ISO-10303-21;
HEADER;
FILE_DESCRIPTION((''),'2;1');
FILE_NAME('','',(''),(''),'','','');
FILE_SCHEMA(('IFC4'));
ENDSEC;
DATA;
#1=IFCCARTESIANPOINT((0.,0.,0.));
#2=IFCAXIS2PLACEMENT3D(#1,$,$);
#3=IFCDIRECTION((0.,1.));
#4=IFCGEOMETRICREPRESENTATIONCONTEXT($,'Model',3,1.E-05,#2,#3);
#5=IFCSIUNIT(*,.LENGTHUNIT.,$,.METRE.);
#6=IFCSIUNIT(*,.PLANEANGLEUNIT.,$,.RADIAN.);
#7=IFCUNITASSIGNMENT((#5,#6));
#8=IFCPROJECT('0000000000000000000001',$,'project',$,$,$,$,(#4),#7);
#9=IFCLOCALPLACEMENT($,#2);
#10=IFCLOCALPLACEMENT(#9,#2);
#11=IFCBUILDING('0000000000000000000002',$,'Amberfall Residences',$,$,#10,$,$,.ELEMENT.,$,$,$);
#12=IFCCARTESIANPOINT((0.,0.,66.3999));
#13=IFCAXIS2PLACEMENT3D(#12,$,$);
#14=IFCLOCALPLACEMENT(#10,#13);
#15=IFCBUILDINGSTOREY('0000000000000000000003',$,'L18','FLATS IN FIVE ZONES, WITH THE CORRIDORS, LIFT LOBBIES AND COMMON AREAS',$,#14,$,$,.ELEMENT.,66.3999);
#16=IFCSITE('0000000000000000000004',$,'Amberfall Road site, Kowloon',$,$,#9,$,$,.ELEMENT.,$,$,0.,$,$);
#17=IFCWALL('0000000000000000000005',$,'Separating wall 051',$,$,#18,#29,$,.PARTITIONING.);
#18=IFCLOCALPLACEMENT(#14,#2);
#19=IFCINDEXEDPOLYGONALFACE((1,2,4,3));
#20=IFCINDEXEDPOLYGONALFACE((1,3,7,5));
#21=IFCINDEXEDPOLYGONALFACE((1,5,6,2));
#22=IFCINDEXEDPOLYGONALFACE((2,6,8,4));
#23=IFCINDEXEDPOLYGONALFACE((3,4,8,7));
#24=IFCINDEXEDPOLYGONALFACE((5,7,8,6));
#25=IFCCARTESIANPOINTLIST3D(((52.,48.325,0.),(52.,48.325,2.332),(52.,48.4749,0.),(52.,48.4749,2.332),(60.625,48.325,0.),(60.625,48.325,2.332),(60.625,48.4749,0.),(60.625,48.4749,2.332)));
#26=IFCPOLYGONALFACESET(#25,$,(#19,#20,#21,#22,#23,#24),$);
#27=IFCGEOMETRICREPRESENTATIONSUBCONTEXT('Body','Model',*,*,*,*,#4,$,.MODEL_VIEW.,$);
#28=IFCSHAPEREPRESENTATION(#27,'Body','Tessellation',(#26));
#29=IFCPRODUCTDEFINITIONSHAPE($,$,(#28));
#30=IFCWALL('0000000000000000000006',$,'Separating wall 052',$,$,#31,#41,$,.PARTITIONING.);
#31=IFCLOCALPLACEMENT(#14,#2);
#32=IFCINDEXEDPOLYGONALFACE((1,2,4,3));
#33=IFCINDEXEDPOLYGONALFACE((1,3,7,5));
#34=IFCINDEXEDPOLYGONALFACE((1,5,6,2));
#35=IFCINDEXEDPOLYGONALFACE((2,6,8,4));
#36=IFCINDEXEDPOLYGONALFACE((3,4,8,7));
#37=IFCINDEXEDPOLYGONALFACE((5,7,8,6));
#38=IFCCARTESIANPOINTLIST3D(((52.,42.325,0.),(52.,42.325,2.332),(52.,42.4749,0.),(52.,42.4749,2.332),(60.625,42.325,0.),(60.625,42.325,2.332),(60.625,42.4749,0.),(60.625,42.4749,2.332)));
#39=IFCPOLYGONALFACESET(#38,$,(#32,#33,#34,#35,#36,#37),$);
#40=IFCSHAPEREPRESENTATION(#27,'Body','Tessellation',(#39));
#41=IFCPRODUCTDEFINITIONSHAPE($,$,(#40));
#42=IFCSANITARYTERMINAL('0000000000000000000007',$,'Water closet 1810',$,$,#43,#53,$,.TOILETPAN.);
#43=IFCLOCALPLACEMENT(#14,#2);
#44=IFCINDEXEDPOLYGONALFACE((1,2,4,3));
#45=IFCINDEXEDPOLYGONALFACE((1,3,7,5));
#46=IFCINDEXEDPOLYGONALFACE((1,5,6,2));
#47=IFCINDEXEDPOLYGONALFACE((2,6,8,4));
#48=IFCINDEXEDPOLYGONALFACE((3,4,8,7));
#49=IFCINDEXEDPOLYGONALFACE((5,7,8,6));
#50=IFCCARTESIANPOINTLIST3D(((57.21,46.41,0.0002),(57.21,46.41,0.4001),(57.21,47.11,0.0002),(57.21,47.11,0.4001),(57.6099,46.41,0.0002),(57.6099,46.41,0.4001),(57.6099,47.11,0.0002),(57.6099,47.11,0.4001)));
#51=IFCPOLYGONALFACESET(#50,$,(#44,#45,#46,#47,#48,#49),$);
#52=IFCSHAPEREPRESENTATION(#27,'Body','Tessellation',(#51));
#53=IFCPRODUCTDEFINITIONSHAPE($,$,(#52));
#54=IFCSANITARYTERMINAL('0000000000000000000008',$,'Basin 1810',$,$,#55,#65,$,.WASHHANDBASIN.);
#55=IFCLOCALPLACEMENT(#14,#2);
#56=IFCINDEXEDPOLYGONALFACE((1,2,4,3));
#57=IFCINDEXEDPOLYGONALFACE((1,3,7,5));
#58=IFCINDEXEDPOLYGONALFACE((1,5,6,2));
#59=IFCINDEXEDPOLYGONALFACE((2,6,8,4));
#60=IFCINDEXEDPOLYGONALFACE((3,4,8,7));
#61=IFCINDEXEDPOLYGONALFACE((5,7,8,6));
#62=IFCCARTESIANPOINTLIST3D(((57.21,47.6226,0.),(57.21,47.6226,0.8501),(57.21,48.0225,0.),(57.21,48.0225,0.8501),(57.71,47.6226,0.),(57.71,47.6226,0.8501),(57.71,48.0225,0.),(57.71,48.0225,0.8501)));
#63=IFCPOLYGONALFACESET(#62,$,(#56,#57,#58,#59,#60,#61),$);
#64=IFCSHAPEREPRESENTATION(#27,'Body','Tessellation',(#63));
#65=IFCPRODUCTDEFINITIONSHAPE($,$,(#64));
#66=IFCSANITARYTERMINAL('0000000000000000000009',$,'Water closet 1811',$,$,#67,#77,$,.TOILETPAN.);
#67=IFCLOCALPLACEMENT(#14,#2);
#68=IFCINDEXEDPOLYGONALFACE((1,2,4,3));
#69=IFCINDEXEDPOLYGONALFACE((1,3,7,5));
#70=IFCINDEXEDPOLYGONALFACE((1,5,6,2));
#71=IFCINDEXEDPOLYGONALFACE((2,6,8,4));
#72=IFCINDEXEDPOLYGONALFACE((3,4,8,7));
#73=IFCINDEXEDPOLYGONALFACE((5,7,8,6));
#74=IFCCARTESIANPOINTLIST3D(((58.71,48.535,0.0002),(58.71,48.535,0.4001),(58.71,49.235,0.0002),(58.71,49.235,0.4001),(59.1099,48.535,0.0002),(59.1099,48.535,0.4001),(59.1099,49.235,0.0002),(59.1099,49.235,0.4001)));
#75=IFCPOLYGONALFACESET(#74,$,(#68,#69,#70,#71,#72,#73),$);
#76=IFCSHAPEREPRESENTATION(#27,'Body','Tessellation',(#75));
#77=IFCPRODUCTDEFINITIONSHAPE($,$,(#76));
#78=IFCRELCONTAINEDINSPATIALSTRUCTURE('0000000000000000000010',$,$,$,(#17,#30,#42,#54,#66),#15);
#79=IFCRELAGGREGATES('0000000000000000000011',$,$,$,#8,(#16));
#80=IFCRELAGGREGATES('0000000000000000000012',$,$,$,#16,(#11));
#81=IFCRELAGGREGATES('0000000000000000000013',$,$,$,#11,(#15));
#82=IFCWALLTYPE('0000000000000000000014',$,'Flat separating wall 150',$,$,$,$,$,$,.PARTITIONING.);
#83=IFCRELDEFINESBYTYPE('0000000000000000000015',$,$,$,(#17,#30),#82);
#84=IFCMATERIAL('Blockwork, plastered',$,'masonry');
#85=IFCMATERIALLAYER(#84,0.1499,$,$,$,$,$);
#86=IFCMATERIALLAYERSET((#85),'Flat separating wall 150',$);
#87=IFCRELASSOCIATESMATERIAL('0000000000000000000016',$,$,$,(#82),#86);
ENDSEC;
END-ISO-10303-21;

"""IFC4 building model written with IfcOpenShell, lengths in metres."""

from ifc_helpers import new_model, si_unit, direction, frame, frame_2d, origin, origin_2d, place, context, subcontext, project, spatial, rectangle, extrude, material, layer, layer_set, type_object, element, save


model = new_model("IFC4")

# Units and contexts
model_context = context("Model", 3, precision=1e-05, world=origin(), true_north=direction((0.0, 1.0)))
body_context = subcontext(model_context, "Body", "Model", "MODEL_VIEW")
ifc_project = project(units=[si_unit("LENGTHUNIT", "METRE"), si_unit("PLANEANGLEUNIT", "RADIAN")], contexts=[model_context])

# Site, building, storey
site_placement = place(None, origin())
site = spatial("IfcSite", under=ifc_project, at=site_placement, Name="Amberfall Road site, Kowloon", CompositionType="ELEMENT", RefElevation=0.0)
building_placement = place(site_placement, origin())
building = spatial("IfcBuilding", under=site, at=building_placement, Name="Amberfall Residences", CompositionType="ELEMENT")
storey_placement = place(building_placement, frame((0.0, 0.0, 66.3999)))
storey = spatial("IfcBuildingStorey", under=building, at=storey_placement, Name="L18", Description="FLATS IN FIVE ZONES, WITH THE CORRIDORS, LIFT LOBBIES AND COMMON AREAS", CompositionType="ELEMENT", Elevation=66.3999)

# Walls
ifc_material_1 = material(Name="Blockwork, plastered", Category="masonry")
ifc_layer_1 = layer(ifc_material_1, 0.1499)
ifc_layer_set_1 = layer_set([ifc_layer_1], Name="Flat separating wall 150")
wall_type_1 = type_object("IfcWallType", Name="Flat separating wall 150", PredefinedType="PARTITIONING", material=ifc_layer_set_1)
for number, where, z_axis, x_axis, name in (
    (1, (52.0, 48.3999, 0.0), (0.0, 0.0, 1.0), (1.0, 0.0, 0.0), "Separating wall 051"),
    (2, (52.0, 42.3999, 0.0), (0.0, 0.0, 1.0), (1.0, 0.0, 0.0), "Separating wall 052"),
):
    element("IfcWall", number, at=place(storey_placement, frame(where, z_axis=z_axis, x_axis=x_axis)), inside=storey, type_object=wall_type_1, Name=name, PredefinedType="PARTITIONING", context=body_context, shape_type="SweptSolid", body=[
        extrude(rectangle(XDim=8.625, YDim=0.1499, at=frame_2d((4.3125, 0.0))), origin(), (0.0, 0.0, 1.0), 2.332),
    ])

# Sanitary terminals
sanitary_terminal_1_placement = place(storey_placement, frame((57.4099, 46.76, 0.0002), z_axis=(0.0, 0.0, 1.0), x_axis=(1.0, 0.0, 0.0)))
element("IfcSanitaryTerminal", 3, at=sanitary_terminal_1_placement, inside=storey, Name="Water closet 1810", PredefinedType="TOILETPAN", context=body_context, shape_type="SweptSolid", body=[
    extrude(rectangle(XDim=0.3999, YDim=0.7, at=origin_2d()), origin(), (0.0, 0.0, 1.0), 0.3999),
])
sanitary_terminal_2_placement = place(storey_placement, frame((57.46, 47.8225, 0.0), z_axis=(0.0, 0.0, 1.0), x_axis=(1.0, 0.0, 0.0)))
element("IfcSanitaryTerminal", 4, at=sanitary_terminal_2_placement, inside=storey, Name="Basin 1810", PredefinedType="WASHHANDBASIN", context=body_context, shape_type="SweptSolid", body=[
    extrude(rectangle(XDim=0.5, YDim=0.3999, at=origin_2d()), origin(), (0.0, 0.0, 1.0), 0.8501),
])
sanitary_terminal_3_placement = place(storey_placement, frame((58.9099, 48.885, 0.0002), z_axis=(0.0, 0.0, 1.0), x_axis=(1.0, 0.0, 0.0)))
element("IfcSanitaryTerminal", 5, at=sanitary_terminal_3_placement, inside=storey, Name="Water closet 1811", PredefinedType="TOILETPAN", context=body_context, shape_type="SweptSolid", body=[
    extrude(rectangle(XDim=0.3999, YDim=0.7, at=origin_2d()), origin(), (0.0, 0.0, 1.0), 0.3999),
])

save(model, "model.ifc")
